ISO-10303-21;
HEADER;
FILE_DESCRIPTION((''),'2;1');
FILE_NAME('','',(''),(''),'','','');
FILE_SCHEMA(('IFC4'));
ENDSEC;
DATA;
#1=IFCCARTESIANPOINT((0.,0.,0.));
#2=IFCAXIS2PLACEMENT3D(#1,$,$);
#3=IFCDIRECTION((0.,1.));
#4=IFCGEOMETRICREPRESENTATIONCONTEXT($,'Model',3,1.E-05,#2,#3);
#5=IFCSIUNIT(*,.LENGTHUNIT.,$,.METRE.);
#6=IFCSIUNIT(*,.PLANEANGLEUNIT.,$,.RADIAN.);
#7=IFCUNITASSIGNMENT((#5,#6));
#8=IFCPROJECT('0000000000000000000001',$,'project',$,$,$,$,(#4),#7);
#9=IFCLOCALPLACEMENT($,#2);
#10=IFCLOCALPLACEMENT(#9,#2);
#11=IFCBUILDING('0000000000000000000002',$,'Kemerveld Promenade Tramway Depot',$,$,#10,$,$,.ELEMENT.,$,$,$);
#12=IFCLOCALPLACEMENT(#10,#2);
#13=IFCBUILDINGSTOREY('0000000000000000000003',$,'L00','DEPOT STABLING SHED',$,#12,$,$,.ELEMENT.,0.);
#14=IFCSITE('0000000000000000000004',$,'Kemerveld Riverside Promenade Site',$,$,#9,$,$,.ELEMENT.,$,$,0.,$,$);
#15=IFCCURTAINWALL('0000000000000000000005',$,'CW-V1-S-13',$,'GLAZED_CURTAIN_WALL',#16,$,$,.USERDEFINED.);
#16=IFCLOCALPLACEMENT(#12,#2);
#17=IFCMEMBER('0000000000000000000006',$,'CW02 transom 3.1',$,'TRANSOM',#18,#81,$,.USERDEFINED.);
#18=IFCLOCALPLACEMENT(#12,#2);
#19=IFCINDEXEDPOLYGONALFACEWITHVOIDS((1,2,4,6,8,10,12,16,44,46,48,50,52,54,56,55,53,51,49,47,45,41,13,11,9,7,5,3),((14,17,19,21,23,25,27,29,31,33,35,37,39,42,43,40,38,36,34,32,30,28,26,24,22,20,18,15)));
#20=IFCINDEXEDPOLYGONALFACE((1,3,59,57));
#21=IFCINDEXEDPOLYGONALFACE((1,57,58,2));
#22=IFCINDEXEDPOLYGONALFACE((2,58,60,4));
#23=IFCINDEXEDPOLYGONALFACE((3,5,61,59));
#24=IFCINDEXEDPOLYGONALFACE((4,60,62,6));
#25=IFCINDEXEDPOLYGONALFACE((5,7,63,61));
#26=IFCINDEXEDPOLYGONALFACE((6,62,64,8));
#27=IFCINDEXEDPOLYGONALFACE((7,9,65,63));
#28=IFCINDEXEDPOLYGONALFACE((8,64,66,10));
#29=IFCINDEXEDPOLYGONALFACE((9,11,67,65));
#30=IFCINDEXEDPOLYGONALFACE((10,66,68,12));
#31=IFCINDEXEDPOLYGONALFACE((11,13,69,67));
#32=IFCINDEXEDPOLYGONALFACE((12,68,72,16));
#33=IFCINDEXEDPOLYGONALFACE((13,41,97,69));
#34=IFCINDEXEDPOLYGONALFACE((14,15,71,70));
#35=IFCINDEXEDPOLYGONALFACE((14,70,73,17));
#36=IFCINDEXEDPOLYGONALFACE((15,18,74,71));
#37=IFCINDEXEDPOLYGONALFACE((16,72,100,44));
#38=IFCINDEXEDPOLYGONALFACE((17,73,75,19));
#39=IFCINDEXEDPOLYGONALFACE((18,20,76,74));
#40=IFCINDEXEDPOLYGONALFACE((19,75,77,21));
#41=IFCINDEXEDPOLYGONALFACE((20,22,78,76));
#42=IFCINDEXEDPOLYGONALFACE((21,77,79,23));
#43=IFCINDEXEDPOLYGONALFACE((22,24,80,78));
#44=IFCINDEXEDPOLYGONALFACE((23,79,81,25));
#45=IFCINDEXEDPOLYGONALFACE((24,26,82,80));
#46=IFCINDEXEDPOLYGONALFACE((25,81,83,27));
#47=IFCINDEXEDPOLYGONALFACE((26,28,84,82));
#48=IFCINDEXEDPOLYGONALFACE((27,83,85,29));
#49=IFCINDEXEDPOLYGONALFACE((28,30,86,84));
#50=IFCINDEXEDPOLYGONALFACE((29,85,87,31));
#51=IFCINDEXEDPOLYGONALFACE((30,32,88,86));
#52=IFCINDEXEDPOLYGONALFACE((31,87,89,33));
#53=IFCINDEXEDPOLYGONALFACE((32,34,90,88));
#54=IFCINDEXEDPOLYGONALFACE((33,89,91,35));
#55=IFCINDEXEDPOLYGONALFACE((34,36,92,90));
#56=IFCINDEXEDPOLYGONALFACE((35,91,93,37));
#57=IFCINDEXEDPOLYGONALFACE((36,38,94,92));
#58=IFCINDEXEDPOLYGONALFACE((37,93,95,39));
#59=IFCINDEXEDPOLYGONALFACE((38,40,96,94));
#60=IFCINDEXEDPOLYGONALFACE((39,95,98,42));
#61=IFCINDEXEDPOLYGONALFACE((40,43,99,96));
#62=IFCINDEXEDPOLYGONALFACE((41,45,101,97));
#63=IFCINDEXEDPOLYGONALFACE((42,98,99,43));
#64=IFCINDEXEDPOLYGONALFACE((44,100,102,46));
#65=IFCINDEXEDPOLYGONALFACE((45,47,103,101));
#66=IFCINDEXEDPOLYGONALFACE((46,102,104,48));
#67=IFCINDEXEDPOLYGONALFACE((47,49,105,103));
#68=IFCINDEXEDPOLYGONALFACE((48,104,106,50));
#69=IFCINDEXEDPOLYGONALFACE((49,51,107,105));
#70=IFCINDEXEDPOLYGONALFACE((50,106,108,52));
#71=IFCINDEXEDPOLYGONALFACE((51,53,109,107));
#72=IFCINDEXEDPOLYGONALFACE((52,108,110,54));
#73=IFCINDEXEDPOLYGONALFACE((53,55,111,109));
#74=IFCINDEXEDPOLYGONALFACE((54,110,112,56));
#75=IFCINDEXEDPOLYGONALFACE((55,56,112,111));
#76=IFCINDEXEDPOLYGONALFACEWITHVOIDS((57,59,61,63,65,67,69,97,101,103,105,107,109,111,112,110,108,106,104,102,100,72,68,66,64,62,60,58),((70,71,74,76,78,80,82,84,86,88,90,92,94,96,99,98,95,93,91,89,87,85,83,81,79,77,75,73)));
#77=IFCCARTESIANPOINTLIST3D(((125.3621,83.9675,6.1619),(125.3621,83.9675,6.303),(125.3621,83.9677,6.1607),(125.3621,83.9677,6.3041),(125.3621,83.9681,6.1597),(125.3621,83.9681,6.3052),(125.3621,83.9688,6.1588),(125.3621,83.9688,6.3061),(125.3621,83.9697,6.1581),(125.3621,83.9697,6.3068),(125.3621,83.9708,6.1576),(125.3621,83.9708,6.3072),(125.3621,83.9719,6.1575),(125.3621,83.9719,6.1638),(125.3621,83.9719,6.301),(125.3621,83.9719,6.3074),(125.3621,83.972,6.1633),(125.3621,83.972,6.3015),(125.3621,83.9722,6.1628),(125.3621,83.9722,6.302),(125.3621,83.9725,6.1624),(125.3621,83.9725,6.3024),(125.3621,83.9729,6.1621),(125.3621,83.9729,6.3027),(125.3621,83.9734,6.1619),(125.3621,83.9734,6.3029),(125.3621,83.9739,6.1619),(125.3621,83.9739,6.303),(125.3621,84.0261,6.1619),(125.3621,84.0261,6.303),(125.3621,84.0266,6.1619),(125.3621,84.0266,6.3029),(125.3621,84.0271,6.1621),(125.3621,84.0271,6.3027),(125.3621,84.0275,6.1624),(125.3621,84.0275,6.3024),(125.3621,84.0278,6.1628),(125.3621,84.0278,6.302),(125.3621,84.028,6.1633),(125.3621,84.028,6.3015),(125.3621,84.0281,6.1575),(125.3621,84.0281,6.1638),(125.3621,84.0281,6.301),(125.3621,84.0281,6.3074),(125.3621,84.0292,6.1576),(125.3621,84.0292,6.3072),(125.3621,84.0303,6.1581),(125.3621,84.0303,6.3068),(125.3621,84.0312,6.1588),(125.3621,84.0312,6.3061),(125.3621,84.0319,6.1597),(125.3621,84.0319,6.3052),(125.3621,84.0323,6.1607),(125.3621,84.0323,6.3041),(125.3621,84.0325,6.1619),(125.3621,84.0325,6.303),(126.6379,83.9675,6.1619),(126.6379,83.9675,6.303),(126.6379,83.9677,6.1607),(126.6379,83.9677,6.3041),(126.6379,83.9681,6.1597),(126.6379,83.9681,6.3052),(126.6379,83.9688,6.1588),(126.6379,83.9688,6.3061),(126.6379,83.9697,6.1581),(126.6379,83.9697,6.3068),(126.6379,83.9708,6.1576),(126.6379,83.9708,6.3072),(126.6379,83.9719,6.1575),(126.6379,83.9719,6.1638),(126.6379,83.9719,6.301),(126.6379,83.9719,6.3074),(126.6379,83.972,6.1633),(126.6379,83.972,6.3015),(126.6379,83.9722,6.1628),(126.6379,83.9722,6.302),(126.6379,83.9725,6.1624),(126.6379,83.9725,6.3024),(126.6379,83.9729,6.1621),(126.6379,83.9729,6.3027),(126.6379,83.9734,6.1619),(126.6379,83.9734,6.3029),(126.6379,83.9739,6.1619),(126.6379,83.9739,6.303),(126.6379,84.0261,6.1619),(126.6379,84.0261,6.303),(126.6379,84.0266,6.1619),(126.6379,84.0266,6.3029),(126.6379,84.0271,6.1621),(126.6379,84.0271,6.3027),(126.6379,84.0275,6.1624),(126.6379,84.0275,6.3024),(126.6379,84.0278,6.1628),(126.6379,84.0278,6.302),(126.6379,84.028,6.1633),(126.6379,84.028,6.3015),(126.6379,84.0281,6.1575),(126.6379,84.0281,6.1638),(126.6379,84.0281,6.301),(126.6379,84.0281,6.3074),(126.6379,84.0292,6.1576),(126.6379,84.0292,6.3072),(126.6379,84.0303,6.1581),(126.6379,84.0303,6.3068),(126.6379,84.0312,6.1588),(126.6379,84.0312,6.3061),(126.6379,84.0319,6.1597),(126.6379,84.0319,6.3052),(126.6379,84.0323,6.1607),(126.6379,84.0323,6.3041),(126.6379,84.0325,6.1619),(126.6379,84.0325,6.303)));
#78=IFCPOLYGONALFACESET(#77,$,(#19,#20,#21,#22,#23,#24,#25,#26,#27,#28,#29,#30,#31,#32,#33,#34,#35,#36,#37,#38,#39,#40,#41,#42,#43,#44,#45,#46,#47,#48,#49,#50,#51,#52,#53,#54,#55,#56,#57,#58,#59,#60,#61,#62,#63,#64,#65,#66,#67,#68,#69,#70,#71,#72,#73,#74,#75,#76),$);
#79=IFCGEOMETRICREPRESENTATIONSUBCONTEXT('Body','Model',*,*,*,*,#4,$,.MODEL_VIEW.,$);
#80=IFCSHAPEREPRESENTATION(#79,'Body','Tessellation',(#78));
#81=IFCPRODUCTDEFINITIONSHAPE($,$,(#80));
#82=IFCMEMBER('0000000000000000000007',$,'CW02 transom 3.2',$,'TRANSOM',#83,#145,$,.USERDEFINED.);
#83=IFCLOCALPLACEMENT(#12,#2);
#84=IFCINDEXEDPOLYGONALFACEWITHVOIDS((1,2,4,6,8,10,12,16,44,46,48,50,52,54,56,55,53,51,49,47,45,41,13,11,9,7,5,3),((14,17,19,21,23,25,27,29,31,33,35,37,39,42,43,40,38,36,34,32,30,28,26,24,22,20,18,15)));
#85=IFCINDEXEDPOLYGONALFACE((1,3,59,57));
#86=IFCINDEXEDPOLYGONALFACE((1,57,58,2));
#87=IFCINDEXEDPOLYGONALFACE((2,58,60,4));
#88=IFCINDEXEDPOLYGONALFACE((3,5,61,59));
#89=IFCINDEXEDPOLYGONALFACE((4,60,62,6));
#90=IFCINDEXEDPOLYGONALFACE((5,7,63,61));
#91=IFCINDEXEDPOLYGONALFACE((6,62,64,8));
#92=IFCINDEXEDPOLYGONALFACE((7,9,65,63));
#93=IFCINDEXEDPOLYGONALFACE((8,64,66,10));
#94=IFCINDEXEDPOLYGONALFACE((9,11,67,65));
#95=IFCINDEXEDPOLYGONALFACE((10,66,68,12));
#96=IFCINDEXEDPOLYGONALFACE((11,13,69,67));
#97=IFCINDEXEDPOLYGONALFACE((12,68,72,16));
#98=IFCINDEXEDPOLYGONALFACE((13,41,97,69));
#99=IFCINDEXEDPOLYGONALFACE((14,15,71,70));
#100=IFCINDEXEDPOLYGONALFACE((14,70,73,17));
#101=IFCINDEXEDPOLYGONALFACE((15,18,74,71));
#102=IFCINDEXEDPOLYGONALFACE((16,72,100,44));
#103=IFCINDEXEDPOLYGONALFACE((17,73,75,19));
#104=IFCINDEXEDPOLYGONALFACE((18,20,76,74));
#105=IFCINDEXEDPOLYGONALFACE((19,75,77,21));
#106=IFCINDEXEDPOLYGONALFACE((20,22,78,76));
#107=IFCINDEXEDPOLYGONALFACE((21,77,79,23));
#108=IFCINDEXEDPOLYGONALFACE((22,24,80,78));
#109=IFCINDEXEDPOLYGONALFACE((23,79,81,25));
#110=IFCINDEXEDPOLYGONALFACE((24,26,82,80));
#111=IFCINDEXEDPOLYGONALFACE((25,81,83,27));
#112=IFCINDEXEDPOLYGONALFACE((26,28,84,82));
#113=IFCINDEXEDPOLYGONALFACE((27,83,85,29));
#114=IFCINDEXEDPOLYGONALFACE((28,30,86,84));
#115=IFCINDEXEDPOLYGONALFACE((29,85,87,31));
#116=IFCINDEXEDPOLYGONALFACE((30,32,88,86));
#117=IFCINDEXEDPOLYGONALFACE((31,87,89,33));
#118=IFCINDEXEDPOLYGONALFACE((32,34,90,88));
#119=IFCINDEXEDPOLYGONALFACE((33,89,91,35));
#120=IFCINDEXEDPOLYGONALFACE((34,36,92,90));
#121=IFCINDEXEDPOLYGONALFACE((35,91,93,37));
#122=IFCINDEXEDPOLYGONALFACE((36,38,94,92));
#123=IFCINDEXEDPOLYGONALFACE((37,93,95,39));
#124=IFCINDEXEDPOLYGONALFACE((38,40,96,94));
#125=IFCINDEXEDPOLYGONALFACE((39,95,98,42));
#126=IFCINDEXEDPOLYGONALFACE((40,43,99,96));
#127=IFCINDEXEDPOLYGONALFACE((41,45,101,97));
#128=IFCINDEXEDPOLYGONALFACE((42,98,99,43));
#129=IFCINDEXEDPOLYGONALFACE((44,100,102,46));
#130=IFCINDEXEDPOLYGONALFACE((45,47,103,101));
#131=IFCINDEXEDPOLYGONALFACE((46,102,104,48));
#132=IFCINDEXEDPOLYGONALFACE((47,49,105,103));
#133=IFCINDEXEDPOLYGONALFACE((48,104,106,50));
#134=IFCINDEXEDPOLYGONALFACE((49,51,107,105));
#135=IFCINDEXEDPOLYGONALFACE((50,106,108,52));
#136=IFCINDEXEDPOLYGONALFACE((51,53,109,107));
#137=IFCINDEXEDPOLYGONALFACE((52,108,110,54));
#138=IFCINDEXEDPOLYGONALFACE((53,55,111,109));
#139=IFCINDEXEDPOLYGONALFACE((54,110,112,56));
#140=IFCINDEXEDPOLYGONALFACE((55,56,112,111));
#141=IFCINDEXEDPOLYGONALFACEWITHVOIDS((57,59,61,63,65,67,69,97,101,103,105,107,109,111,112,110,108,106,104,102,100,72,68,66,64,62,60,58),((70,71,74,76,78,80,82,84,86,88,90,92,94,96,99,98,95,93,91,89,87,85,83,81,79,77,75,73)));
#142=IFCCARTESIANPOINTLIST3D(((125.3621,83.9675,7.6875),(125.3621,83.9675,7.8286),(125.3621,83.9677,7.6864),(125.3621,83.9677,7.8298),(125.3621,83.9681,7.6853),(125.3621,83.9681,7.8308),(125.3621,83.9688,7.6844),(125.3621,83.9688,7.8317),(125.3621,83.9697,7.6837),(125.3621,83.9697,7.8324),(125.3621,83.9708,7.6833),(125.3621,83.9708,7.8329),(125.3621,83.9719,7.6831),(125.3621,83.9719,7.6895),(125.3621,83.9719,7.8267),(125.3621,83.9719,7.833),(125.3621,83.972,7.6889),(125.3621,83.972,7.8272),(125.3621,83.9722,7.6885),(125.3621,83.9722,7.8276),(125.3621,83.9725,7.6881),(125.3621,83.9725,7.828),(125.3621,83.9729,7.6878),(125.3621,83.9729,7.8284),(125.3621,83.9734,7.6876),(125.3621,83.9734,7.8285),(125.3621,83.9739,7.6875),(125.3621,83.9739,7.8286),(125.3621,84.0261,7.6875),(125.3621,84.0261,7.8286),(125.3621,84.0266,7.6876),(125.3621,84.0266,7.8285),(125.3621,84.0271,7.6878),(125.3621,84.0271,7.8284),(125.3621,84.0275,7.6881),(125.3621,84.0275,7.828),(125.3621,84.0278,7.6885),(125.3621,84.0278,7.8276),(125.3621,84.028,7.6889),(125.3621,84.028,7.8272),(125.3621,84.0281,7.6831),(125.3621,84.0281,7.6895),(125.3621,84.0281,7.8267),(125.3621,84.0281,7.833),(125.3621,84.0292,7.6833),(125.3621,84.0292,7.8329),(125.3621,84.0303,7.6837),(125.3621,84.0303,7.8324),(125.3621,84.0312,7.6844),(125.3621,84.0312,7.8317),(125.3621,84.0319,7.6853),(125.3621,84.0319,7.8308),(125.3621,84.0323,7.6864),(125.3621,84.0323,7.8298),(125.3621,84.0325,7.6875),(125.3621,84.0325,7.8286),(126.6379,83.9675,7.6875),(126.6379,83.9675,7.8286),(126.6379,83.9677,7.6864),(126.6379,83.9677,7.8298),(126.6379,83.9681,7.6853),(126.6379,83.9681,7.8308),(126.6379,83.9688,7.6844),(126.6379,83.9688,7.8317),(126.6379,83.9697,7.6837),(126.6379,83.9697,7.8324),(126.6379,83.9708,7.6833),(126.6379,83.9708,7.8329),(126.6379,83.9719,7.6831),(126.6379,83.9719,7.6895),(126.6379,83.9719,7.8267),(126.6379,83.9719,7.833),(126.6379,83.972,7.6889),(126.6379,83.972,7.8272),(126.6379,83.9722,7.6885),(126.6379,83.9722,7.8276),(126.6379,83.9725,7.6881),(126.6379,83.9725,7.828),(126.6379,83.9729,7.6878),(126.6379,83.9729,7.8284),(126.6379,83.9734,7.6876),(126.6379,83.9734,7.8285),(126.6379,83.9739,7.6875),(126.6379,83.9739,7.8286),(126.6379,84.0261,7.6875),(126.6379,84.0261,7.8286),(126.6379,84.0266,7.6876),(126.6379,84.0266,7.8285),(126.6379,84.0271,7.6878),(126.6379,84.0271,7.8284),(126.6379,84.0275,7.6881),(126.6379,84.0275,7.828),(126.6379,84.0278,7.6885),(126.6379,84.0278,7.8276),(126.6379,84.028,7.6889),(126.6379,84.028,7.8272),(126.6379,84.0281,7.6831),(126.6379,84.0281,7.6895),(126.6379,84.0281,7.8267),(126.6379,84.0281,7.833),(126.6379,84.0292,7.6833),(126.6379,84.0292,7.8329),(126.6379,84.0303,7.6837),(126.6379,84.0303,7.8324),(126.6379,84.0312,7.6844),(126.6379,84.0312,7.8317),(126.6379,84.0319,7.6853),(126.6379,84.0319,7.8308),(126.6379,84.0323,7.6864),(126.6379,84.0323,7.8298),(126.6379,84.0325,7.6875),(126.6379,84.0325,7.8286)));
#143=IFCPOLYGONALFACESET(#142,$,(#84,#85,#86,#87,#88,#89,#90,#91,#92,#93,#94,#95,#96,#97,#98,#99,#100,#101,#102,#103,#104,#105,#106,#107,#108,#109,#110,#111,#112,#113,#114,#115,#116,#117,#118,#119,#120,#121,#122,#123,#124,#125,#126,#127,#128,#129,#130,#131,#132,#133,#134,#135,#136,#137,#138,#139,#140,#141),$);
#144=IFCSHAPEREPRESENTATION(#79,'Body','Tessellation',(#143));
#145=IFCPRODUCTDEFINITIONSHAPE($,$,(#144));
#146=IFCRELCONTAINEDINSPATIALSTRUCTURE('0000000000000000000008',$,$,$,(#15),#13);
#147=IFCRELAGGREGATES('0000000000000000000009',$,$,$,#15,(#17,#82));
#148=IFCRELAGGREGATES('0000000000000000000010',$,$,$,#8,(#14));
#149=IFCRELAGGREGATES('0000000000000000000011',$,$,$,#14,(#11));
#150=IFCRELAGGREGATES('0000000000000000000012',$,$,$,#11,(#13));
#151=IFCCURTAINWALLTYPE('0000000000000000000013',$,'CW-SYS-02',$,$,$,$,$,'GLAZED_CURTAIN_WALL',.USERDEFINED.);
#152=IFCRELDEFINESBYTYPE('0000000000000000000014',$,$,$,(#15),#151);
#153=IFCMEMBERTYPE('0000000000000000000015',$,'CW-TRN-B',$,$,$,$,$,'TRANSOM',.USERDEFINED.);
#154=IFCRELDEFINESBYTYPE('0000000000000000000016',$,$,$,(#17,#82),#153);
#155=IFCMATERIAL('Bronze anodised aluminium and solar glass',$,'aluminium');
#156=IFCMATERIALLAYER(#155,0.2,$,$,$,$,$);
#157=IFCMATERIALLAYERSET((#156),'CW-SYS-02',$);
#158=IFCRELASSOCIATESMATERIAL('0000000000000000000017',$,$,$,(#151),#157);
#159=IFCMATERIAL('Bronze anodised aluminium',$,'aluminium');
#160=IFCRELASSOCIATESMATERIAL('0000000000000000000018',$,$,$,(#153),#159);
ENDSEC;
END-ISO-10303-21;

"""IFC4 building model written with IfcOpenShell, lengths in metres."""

from ifc_helpers import new_model, si_unit, direction, frame, origin, origin_2d, place, context, subcontext, project, spatial, hollow_rectangle, extrude, material, layer, layer_set, material_profile, profile_set, type_object, element, aggregate, save


model = new_model("IFC4")

# Units and contexts
model_context = context("Model", 3, precision=1e-05, world=origin(), true_north=direction((0.0, 1.0)))
body_context = subcontext(model_context, "Body", "Model", "MODEL_VIEW")
ifc_project = project(units=[si_unit("LENGTHUNIT", "METRE"), si_unit("PLANEANGLEUNIT", "RADIAN")], contexts=[model_context])

# Site, building, storey
site_placement = place(None, origin())
site = spatial("IfcSite", under=ifc_project, at=site_placement, Name="Kemerveld Riverside Promenade Site", CompositionType="ELEMENT", RefElevation=0.0)
building_placement = place(site_placement, origin())
building = spatial("IfcBuilding", under=site, at=building_placement, Name="Kemerveld Promenade Tramway Depot", CompositionType="ELEMENT")
storey_placement = place(building_placement, origin())
storey = spatial("IfcBuildingStorey", under=building, at=storey_placement, Name="L00", Description="DEPOT STABLING SHED", CompositionType="ELEMENT", Elevation=0.0)

# Shared definitions
ifc_material_1 = material(Name="Bronze anodised aluminium and solar glass", Category="aluminium")
ifc_material_2 = material(Name="Bronze anodised aluminium", Category="aluminium")

# Curtain wall
ifc_layer_1 = layer(ifc_material_1, 0.2)
ifc_layer_set_1 = layer_set([ifc_layer_1], Name="CW-SYS-02")
curtain_wall_type_1 = type_object("IfcCurtainWallType", Name="CW-SYS-02", ElementType="GLAZED_CURTAIN_WALL", PredefinedType="USERDEFINED", material=ifc_layer_set_1)
curtain_wall_1_placement = place(storey_placement, origin())
curtain_wall_1 = element("IfcCurtainWall", 1, at=curtain_wall_1_placement, inside=storey, type_object=curtain_wall_type_1, Name="CW-V1-S-13", ObjectType="GLAZED_CURTAIN_WALL", PredefinedType="USERDEFINED")

# Members
ifc_material_profile_1 = material_profile(ifc_material_2, hollow_rectangle(XDim=0.0649, YDim=0.1499, WallThickness=0.0044, InnerFilletRadius=0.002, OuterFilletRadius=0.0044, at=origin_2d()), Name="CW-TRN-150x65")
ifc_profile_set_1 = profile_set([ifc_material_profile_1], Name="Bronze anodised aluminium")
member_type_1 = type_object("IfcMemberType", Name="CW-TRN-B", ElementType="TRANSOM", PredefinedType="USERDEFINED", material=ifc_profile_set_1)
member_1_placement = place(storey_placement, frame((126.6379, 84.0, 6.2324), z_axis=(-1.0, 0.0, 0.0), x_axis=(0.0, -1.0, 0.0)))
member_1 = element("IfcMember", 2, at=member_1_placement, type_object=member_type_1, Name="CW02 transom 3.1", ObjectType="TRANSOM", PredefinedType="USERDEFINED", context=body_context, shape_type="SweptSolid", body=[
    extrude(hollow_rectangle(XDim=0.0649, YDim=0.1499, WallThickness=0.0044, InnerFilletRadius=0.002, OuterFilletRadius=0.0044, at=origin_2d()), origin(), (0.0, 0.0, 1.0), 1.2759),
])
member_2_placement = place(storey_placement, frame((126.6379, 84.0, 7.7581), z_axis=(-1.0, 0.0, 0.0), x_axis=(0.0, -1.0, 0.0)))
member_2 = element("IfcMember", 3, at=member_2_placement, type_object=member_type_1, Name="CW02 transom 3.2", ObjectType="TRANSOM", PredefinedType="USERDEFINED", context=body_context, shape_type="SweptSolid", body=[
    extrude(hollow_rectangle(XDim=0.0649, YDim=0.1499, WallThickness=0.0044, InnerFilletRadius=0.002, OuterFilletRadius=0.0044, at=origin_2d()), origin(), (0.0, 0.0, 1.0), 1.2759),
])

aggregate(curtain_wall_1, [member_1, member_2])

save(model, "model.ifc")
